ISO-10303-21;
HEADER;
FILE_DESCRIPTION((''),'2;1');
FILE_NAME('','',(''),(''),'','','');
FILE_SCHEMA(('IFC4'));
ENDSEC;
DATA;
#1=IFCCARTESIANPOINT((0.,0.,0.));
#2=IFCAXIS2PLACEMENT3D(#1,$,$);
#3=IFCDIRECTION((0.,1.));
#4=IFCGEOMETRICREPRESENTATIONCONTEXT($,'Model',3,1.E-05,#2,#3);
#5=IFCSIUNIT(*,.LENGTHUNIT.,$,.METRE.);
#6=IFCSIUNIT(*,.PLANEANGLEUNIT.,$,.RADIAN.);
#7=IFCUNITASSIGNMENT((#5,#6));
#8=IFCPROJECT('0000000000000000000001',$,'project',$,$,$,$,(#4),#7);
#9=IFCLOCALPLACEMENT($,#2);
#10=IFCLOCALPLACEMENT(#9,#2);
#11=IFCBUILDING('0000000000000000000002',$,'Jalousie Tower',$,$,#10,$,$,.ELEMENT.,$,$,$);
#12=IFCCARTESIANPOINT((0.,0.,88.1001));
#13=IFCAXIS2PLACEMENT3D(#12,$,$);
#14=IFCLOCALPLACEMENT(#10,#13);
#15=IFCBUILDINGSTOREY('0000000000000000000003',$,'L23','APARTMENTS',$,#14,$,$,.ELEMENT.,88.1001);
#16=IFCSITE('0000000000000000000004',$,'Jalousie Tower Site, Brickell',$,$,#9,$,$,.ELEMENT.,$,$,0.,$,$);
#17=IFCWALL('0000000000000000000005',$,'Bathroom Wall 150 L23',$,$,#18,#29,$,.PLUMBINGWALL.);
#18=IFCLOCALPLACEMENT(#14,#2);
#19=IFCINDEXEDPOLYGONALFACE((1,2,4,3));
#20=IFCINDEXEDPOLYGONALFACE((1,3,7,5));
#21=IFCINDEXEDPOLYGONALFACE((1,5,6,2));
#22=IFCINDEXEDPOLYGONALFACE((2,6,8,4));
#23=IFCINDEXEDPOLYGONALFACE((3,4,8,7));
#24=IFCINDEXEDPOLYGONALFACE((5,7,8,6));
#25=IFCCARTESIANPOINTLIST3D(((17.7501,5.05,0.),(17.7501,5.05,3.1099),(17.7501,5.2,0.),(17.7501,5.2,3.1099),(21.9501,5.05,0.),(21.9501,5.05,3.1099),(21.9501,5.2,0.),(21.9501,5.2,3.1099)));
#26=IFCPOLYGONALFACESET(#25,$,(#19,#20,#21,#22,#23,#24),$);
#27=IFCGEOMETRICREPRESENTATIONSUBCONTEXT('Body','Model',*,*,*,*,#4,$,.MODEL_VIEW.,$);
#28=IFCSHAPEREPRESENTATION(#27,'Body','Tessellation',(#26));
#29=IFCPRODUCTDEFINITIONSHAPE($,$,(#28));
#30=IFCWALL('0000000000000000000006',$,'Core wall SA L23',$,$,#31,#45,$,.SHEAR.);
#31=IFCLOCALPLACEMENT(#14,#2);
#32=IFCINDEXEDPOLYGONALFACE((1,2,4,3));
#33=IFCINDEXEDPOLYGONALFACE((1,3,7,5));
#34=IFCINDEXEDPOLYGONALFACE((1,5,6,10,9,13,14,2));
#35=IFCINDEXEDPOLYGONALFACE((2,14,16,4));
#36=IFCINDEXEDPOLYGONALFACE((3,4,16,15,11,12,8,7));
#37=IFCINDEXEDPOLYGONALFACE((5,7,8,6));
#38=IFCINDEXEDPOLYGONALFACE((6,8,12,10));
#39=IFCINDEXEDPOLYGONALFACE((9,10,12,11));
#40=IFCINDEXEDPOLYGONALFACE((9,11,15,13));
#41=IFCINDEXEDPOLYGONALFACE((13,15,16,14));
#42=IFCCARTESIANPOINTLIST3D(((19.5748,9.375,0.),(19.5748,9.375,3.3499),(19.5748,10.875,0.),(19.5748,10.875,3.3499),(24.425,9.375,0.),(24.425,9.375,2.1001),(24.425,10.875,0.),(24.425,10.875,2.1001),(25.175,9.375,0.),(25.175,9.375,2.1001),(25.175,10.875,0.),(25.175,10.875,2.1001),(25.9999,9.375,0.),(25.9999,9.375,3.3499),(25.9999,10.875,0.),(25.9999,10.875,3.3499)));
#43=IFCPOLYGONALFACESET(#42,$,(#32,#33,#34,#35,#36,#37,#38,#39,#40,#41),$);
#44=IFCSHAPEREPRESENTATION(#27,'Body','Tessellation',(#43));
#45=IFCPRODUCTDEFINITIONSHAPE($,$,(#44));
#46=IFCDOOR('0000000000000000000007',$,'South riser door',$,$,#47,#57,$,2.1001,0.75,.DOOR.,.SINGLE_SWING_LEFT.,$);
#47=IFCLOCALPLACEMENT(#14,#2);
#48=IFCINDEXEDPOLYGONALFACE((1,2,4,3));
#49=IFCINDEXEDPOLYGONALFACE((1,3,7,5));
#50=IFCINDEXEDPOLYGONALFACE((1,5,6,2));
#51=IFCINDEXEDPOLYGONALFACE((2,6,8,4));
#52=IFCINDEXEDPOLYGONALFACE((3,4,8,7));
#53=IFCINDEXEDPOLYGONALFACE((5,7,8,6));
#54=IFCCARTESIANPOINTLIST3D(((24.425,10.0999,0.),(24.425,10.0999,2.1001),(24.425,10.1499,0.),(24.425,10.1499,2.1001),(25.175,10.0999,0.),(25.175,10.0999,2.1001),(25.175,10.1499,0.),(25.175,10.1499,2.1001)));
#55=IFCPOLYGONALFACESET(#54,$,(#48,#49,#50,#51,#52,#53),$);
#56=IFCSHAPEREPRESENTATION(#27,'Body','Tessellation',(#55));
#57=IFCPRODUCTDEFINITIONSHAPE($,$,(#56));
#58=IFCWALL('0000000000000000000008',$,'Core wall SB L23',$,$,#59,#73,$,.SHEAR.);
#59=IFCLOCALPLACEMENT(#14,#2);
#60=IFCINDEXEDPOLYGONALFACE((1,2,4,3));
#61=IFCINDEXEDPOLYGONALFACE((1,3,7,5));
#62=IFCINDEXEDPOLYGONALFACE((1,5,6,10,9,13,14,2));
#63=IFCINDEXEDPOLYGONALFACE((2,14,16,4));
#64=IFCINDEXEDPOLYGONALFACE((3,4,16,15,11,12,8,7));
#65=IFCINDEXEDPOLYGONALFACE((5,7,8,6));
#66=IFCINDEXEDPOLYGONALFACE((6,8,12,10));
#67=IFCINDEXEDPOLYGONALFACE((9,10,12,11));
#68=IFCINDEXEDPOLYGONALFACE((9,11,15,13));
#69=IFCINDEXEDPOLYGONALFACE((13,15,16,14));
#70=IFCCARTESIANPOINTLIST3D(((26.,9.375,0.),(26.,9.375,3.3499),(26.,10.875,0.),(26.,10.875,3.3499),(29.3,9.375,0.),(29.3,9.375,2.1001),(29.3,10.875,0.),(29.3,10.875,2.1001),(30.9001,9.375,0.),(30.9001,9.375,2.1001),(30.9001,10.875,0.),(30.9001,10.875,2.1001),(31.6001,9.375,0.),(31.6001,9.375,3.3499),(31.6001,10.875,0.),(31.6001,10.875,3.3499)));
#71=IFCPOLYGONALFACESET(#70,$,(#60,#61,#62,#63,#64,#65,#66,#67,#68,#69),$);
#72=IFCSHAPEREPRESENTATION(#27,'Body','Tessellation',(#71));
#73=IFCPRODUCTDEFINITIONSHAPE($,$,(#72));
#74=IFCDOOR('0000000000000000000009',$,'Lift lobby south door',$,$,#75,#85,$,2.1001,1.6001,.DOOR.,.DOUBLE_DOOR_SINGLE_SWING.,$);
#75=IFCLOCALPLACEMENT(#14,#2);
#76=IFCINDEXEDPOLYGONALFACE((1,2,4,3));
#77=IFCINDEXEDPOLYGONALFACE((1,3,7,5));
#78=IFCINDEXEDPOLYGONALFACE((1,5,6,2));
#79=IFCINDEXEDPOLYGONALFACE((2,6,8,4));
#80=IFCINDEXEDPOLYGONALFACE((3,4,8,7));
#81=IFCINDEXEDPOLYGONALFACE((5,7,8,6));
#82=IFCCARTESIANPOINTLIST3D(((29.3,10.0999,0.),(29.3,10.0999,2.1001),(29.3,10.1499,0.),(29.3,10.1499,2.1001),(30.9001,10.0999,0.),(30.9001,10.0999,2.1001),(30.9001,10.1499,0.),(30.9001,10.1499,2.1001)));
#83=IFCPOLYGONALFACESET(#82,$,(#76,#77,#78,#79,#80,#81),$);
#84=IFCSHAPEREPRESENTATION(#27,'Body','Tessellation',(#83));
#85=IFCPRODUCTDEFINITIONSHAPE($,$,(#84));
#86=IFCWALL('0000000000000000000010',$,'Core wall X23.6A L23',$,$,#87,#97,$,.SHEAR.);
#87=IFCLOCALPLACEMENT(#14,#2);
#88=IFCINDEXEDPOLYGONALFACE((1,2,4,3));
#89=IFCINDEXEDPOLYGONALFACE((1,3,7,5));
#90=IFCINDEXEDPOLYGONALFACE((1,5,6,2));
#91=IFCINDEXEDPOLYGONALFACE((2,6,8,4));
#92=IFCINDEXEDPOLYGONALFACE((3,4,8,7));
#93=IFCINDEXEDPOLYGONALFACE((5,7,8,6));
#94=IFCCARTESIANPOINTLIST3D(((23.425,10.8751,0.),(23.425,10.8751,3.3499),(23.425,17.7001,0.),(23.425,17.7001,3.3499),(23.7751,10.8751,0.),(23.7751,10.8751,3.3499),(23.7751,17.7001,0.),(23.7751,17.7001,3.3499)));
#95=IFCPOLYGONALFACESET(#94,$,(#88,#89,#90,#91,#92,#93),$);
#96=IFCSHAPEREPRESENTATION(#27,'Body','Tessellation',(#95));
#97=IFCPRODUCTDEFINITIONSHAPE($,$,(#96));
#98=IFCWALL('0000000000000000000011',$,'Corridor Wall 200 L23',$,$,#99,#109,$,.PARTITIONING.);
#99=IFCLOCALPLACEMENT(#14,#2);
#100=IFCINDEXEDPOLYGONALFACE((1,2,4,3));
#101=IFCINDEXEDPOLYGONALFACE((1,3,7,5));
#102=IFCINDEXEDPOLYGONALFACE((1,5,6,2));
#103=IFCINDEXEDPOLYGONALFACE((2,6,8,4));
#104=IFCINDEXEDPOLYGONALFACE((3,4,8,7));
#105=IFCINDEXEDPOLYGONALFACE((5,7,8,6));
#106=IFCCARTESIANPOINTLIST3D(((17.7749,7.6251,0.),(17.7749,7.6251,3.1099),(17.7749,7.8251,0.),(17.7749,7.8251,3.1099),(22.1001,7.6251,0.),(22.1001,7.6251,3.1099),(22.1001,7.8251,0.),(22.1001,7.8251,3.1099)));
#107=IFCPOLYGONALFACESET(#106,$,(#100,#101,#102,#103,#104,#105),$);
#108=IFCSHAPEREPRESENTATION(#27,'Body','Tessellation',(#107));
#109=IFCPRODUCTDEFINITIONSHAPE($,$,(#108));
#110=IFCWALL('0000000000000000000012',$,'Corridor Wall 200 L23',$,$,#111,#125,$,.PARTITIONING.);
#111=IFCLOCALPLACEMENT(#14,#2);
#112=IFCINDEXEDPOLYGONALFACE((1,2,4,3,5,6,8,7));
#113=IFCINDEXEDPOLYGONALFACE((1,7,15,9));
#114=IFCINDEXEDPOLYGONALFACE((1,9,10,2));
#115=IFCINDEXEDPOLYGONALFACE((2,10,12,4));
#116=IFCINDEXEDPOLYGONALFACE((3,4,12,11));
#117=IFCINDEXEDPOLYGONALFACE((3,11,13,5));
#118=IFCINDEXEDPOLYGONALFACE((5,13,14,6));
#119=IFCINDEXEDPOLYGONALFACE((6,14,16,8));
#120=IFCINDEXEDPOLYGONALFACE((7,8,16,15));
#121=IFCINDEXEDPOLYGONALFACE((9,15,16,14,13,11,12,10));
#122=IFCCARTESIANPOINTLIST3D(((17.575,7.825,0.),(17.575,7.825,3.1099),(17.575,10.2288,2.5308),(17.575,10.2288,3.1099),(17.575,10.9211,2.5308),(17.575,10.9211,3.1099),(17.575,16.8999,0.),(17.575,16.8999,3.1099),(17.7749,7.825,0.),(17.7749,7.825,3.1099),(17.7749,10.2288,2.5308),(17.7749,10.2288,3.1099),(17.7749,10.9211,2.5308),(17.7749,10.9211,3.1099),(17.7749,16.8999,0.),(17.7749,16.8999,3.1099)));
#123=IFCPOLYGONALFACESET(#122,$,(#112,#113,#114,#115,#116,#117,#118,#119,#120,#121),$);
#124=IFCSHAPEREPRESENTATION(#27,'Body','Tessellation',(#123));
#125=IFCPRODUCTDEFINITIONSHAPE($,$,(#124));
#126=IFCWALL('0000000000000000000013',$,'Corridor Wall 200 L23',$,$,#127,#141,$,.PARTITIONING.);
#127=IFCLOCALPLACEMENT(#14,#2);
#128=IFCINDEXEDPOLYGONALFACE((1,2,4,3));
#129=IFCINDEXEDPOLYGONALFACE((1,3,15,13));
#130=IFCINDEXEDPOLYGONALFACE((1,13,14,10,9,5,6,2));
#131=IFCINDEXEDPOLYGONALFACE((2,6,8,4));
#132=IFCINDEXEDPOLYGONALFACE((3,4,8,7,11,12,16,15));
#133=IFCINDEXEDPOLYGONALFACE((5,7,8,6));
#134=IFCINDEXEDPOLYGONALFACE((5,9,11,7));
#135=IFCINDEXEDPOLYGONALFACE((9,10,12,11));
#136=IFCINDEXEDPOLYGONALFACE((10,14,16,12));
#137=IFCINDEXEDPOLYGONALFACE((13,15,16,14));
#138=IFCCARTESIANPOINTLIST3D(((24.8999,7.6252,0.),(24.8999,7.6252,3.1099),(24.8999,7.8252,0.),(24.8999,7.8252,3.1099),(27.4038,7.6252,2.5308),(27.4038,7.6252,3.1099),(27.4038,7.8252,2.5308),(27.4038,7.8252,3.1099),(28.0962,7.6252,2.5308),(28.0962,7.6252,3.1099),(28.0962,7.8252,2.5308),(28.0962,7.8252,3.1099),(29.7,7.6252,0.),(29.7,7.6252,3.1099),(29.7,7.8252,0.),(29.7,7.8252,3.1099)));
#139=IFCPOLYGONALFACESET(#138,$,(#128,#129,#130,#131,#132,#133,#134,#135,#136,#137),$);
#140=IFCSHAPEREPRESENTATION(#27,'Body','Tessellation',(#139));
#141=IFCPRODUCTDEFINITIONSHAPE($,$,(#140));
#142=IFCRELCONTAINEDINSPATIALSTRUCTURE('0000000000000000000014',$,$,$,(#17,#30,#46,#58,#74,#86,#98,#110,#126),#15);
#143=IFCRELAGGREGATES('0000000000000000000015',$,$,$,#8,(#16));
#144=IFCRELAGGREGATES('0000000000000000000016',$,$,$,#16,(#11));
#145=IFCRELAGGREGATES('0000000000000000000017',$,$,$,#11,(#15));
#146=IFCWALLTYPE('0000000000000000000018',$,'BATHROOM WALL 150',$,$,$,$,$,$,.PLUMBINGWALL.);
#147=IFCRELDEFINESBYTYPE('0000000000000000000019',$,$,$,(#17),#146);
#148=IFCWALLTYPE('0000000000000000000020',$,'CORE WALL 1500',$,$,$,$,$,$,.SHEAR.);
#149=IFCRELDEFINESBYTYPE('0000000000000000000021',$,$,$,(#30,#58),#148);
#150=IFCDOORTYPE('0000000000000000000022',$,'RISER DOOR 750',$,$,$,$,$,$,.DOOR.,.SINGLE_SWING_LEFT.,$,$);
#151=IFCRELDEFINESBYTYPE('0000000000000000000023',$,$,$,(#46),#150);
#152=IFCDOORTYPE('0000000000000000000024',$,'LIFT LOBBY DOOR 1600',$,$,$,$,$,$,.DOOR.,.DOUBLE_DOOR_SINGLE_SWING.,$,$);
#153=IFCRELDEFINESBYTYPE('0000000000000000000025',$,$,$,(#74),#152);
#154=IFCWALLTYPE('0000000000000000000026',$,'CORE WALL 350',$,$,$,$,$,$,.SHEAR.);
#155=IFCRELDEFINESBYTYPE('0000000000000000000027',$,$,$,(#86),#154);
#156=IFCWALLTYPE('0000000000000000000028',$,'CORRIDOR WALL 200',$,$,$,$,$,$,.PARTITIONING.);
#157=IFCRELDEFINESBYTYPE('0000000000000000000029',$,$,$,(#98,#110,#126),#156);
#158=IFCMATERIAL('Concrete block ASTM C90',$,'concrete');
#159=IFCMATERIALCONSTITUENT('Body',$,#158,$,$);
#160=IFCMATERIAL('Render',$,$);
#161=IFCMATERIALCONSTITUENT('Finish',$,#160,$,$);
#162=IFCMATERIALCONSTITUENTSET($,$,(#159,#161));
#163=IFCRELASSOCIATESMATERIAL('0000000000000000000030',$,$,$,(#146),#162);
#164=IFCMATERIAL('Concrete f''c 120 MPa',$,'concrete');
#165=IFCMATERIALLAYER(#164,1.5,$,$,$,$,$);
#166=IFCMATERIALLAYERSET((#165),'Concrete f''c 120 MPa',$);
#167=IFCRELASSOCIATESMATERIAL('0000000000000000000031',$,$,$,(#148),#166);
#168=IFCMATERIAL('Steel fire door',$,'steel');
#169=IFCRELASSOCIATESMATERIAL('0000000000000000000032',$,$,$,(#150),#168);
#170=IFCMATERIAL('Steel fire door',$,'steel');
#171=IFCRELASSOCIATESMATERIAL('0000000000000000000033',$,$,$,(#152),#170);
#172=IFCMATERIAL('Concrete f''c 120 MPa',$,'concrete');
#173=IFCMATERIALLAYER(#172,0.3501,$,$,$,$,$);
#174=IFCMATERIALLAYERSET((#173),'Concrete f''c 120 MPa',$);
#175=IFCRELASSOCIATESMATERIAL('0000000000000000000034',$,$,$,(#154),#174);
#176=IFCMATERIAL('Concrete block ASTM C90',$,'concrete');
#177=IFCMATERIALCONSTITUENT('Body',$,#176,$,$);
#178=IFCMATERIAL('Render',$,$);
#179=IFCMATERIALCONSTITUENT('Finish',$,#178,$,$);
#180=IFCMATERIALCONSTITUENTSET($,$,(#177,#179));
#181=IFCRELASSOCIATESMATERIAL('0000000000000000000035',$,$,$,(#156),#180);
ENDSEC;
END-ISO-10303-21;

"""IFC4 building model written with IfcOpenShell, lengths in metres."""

from ifc_helpers import new_model, si_unit, direction, frame, frame_2d, origin, place, context, subcontext, project, spatial, polyline, rectangle, outline, extrude, material, layer, layer_set, constituent, constituent_set, type_object, element, fill, save


model = new_model("IFC4")

# Units and contexts
model_context = context("Model", 3, precision=1e-05, world=origin(), true_north=direction((0.0, 1.0)))
body_context = subcontext(model_context, "Body", "Model", "MODEL_VIEW")
ifc_project = project(units=[si_unit("LENGTHUNIT", "METRE"), si_unit("PLANEANGLEUNIT", "RADIAN")], contexts=[model_context])

# Site, building, storey
site_placement = place(None, origin())
site = spatial("IfcSite", under=ifc_project, at=site_placement, Name="Jalousie Tower Site, Brickell", CompositionType="ELEMENT", RefElevation=0.0)
building_placement = place(site_placement, origin())
building = spatial("IfcBuilding", under=site, at=building_placement, Name="Jalousie Tower", CompositionType="ELEMENT")
storey_placement = place(building_placement, frame((0.0, 0.0, 88.1001)))
storey = spatial("IfcBuildingStorey", under=building, at=storey_placement, Name="L23", Description="APARTMENTS", CompositionType="ELEMENT", Elevation=88.1001)

# Wall
ifc_material_1 = material(Name="Concrete block ASTM C90", Category="concrete")
ifc_constituent_1 = constituent(ifc_material_1, Name="Body")
ifc_material_2 = material(Name="Render")
ifc_constituent_2 = constituent(ifc_material_2, Name="Finish")
ifc_constituent_set_1 = constituent_set(constituents=[ifc_constituent_1, ifc_constituent_2])
wall_type_1 = type_object("IfcWallType", Name="BATHROOM WALL 150", PredefinedType="PLUMBINGWALL", material=ifc_constituent_set_1)
wall_1_placement = place(storey_placement, frame((17.75, 5.125, 0.0), z_axis=(0.0, 0.0, 1.0), x_axis=(1.0, 0.0, 0.0)))
element("IfcWall", 1, at=wall_1_placement, inside=storey, type_object=wall_type_1, Name="Bathroom Wall 150 L23", PredefinedType="PLUMBINGWALL", context=body_context, shape_type="SweptSolid", body=[
    extrude(rectangle(XDim=4.2, YDim=0.1499, at=frame_2d((2.1001, 0.0))), origin(), (0.0, 0.0, 1.0), 3.1099),
])

# Walls, openings, doors
ifc_material_3 = material(Name="Concrete f'c 120 MPa", Category="concrete")
ifc_layer_1 = layer(ifc_material_3, 1.5)
ifc_layer_set_1 = layer_set([ifc_layer_1], Name="Concrete f'c 120 MPa")
wall_type_2 = type_object("IfcWallType", Name="CORE WALL 1500", PredefinedType="SHEAR", material=ifc_layer_set_1)
wall_2_placement = place(storey_placement, frame((19.575, 10.125, 0.0), z_axis=(0.0, 0.0, 1.0), x_axis=(1.0, 0.0, 0.0)))
wall_2 = element("IfcWall", 2, at=wall_2_placement, inside=storey, type_object=wall_type_2, Name="Core wall SA L23", PredefinedType="SHEAR", context=body_context, shape_type="SweptSolid", body=[
    extrude(rectangle(XDim=6.425, YDim=1.5, at=frame_2d((3.2124, 0.0))), origin(), (0.0, 0.0, 1.0), 3.3499),
])
opening_1_placement = place(wall_2_placement, frame((4.8501, 0.0, 0.0)))
opening_1 = element("IfcOpeningElement", 3, at=opening_1_placement, cuts=wall_2, PredefinedType="OPENING", context=body_context, shape_type="SweptSolid", body=[
    extrude(rectangle(XDim=0.75, YDim=2.1001, at=frame_2d((0.375, 1.05))), frame((0.0, 0.76, 0.0), z_axis=(0.0, -1.0, 0.0), x_axis=(1.0, 0.0, 0.0)), (0.0, 0.0, 1.0), 1.52),
])
ifc_material_4 = material(Name="Steel fire door", Category="steel")
door_type_1 = type_object("IfcDoorType", Name="RISER DOOR 750", OperationType="SINGLE_SWING_LEFT", PredefinedType="DOOR", material=ifc_material_4)
door_1_placement = place(opening_1_placement, origin())
door_1 = element("IfcDoor", 4, at=door_1_placement, inside=storey, type_object=door_type_1, Name="South riser door", OperationType="SINGLE_SWING_LEFT", OverallHeight=2.1001, OverallWidth=0.75, PredefinedType="DOOR", context=body_context, shape_type="SweptSolid", body=[
    extrude(rectangle(XDim=0.75, YDim=2.1001, at=frame_2d((0.375, 1.05))), frame((0.0, 0.0249, 0.0), z_axis=(0.0, -1.0, 0.0), x_axis=(1.0, 0.0, 0.0)), (0.0, 0.0, 1.0), 0.05),
])
fill(opening_1, door_1)
wall_3_placement = place(storey_placement, frame((26.0, 10.125, 0.0), z_axis=(0.0, 0.0, 1.0), x_axis=(1.0, 0.0, 0.0)))
wall_3 = element("IfcWall", 5, at=wall_3_placement, inside=storey, type_object=wall_type_2, Name="Core wall SB L23", PredefinedType="SHEAR", context=body_context, shape_type="SweptSolid", body=[
    extrude(rectangle(XDim=5.6001, YDim=1.5, at=frame_2d((2.8, 0.0))), origin(), (0.0, 0.0, 1.0), 3.3499),
])
opening_2_placement = place(wall_3_placement, frame((3.3, 0.0, 0.0)))
opening_2 = element("IfcOpeningElement", 6, at=opening_2_placement, cuts=wall_3, PredefinedType="OPENING", context=body_context, shape_type="SweptSolid", body=[
    extrude(rectangle(XDim=1.6001, YDim=2.1001, at=frame_2d((0.8, 1.05))), frame((0.0, 0.76, 0.0), z_axis=(0.0, -1.0, 0.0), x_axis=(1.0, 0.0, 0.0)), (0.0, 0.0, 1.0), 1.52),
])
ifc_material_5 = material(Name="Steel fire door", Category="steel")
door_type_2 = type_object("IfcDoorType", Name="LIFT LOBBY DOOR 1600", OperationType="DOUBLE_DOOR_SINGLE_SWING", PredefinedType="DOOR", material=ifc_material_5)
door_2_placement = place(opening_2_placement, origin())
door_2 = element("IfcDoor", 7, at=door_2_placement, inside=storey, type_object=door_type_2, Name="Lift lobby south door", OperationType="DOUBLE_DOOR_SINGLE_SWING", OverallHeight=2.1001, OverallWidth=1.6001, PredefinedType="DOOR", context=body_context, shape_type="SweptSolid", body=[
    extrude(rectangle(XDim=1.6001, YDim=2.1001, at=frame_2d((0.8, 1.05))), frame((0.0, 0.0249, 0.0), z_axis=(0.0, -1.0, 0.0), x_axis=(1.0, 0.0, 0.0)), (0.0, 0.0, 1.0), 0.05),
])
fill(opening_2, door_2)

# Walls
ifc_material_6 = material(Name="Concrete f'c 120 MPa", Category="concrete")
ifc_layer_2 = layer(ifc_material_6, 0.3501)
ifc_layer_set_2 = layer_set([ifc_layer_2], Name="Concrete f'c 120 MPa")
wall_type_3 = type_object("IfcWallType", Name="CORE WALL 350", PredefinedType="SHEAR", material=ifc_layer_set_2)
wall_4_placement = place(storey_placement, frame((23.6001, 10.875, 0.0), z_axis=(0.0, 0.0, 1.0), x_axis=(0.0, 1.0, 0.0)))
element("IfcWall", 8, at=wall_4_placement, inside=storey, type_object=wall_type_3, Name="Core wall X23.6A L23", PredefinedType="SHEAR", context=body_context, shape_type="SweptSolid", body=[
    extrude(rectangle(XDim=6.825, YDim=0.3501, at=frame_2d((3.4126, 0.0))), origin(), (0.0, 0.0, 1.0), 3.3499),
])
ifc_material_7 = material(Name="Concrete block ASTM C90", Category="concrete")
ifc_constituent_3 = constituent(ifc_material_7, Name="Body")
ifc_material_8 = material(Name="Render")
ifc_constituent_4 = constituent(ifc_material_8, Name="Finish")
ifc_constituent_set_2 = constituent_set(constituents=[ifc_constituent_3, ifc_constituent_4])
wall_type_4 = type_object("IfcWallType", Name="CORRIDOR WALL 200", PredefinedType="PARTITIONING", material=ifc_constituent_set_2)
wall_5_placement = place(storey_placement, frame((17.7749, 7.7251, 0.0), z_axis=(0.0, 0.0, 1.0), x_axis=(1.0, 0.0, 0.0)))
element("IfcWall", 9, at=wall_5_placement, inside=storey, type_object=wall_type_4, Name="Corridor Wall 200 L23", PredefinedType="PARTITIONING", context=body_context, shape_type="SweptSolid", body=[
    extrude(rectangle(XDim=4.3252, YDim=0.2, at=frame_2d((2.1626, 0.0))), origin(), (0.0, 0.0, 1.0), 3.1099),
])
wall_6_placement = place(storey_placement, frame((17.675, 7.825, 0.0), z_axis=(0.0, 0.0, 1.0), x_axis=(0.0, 1.0, 0.0)))
element("IfcWall", 10, at=wall_6_placement, inside=storey, type_object=wall_type_4, Name="Corridor Wall 200 L23", PredefinedType="PARTITIONING", context=body_context, shape_type="SweptSolid", body=[
    extrude(outline(polyline([(0.0, 0.0), (9.075, 0.0), (9.075, 3.1099), (3.0962, 3.1099), (3.0962, 2.5308), (2.4038, 2.5308), (2.4038, 3.1099), (0.0, 3.1099), (0.0, 0.0)])), frame((0.0, 0.1001, 0.0), z_axis=(0.0, -1.0, 0.0), x_axis=(1.0, 0.0, 0.0)), (0.0, 0.0, 1.0), 0.2),
])
wall_7_placement = place(storey_placement, frame((24.8999, 7.7251, 0.0), z_axis=(0.0, 0.0, 1.0), x_axis=(1.0, 0.0, 0.0)))
element("IfcWall", 11, at=wall_7_placement, inside=storey, type_object=wall_type_4, Name="Corridor Wall 200 L23", PredefinedType="PARTITIONING", context=body_context, shape_type="SweptSolid", body=[
    extrude(outline(polyline([(0.0, 0.0), (4.8, 0.0), (4.8, 3.1099), (3.1963, 3.1099), (3.1963, 2.5308), (2.5039, 2.5308), (2.5039, 3.1099), (0.0, 3.1099), (0.0, 0.0)])), frame((0.0, 0.1001, 0.0), z_axis=(0.0, -1.0, 0.0), x_axis=(1.0, 0.0, 0.0)), (0.0, 0.0, 1.0), 0.2),
])

save(model, "model.ifc")
